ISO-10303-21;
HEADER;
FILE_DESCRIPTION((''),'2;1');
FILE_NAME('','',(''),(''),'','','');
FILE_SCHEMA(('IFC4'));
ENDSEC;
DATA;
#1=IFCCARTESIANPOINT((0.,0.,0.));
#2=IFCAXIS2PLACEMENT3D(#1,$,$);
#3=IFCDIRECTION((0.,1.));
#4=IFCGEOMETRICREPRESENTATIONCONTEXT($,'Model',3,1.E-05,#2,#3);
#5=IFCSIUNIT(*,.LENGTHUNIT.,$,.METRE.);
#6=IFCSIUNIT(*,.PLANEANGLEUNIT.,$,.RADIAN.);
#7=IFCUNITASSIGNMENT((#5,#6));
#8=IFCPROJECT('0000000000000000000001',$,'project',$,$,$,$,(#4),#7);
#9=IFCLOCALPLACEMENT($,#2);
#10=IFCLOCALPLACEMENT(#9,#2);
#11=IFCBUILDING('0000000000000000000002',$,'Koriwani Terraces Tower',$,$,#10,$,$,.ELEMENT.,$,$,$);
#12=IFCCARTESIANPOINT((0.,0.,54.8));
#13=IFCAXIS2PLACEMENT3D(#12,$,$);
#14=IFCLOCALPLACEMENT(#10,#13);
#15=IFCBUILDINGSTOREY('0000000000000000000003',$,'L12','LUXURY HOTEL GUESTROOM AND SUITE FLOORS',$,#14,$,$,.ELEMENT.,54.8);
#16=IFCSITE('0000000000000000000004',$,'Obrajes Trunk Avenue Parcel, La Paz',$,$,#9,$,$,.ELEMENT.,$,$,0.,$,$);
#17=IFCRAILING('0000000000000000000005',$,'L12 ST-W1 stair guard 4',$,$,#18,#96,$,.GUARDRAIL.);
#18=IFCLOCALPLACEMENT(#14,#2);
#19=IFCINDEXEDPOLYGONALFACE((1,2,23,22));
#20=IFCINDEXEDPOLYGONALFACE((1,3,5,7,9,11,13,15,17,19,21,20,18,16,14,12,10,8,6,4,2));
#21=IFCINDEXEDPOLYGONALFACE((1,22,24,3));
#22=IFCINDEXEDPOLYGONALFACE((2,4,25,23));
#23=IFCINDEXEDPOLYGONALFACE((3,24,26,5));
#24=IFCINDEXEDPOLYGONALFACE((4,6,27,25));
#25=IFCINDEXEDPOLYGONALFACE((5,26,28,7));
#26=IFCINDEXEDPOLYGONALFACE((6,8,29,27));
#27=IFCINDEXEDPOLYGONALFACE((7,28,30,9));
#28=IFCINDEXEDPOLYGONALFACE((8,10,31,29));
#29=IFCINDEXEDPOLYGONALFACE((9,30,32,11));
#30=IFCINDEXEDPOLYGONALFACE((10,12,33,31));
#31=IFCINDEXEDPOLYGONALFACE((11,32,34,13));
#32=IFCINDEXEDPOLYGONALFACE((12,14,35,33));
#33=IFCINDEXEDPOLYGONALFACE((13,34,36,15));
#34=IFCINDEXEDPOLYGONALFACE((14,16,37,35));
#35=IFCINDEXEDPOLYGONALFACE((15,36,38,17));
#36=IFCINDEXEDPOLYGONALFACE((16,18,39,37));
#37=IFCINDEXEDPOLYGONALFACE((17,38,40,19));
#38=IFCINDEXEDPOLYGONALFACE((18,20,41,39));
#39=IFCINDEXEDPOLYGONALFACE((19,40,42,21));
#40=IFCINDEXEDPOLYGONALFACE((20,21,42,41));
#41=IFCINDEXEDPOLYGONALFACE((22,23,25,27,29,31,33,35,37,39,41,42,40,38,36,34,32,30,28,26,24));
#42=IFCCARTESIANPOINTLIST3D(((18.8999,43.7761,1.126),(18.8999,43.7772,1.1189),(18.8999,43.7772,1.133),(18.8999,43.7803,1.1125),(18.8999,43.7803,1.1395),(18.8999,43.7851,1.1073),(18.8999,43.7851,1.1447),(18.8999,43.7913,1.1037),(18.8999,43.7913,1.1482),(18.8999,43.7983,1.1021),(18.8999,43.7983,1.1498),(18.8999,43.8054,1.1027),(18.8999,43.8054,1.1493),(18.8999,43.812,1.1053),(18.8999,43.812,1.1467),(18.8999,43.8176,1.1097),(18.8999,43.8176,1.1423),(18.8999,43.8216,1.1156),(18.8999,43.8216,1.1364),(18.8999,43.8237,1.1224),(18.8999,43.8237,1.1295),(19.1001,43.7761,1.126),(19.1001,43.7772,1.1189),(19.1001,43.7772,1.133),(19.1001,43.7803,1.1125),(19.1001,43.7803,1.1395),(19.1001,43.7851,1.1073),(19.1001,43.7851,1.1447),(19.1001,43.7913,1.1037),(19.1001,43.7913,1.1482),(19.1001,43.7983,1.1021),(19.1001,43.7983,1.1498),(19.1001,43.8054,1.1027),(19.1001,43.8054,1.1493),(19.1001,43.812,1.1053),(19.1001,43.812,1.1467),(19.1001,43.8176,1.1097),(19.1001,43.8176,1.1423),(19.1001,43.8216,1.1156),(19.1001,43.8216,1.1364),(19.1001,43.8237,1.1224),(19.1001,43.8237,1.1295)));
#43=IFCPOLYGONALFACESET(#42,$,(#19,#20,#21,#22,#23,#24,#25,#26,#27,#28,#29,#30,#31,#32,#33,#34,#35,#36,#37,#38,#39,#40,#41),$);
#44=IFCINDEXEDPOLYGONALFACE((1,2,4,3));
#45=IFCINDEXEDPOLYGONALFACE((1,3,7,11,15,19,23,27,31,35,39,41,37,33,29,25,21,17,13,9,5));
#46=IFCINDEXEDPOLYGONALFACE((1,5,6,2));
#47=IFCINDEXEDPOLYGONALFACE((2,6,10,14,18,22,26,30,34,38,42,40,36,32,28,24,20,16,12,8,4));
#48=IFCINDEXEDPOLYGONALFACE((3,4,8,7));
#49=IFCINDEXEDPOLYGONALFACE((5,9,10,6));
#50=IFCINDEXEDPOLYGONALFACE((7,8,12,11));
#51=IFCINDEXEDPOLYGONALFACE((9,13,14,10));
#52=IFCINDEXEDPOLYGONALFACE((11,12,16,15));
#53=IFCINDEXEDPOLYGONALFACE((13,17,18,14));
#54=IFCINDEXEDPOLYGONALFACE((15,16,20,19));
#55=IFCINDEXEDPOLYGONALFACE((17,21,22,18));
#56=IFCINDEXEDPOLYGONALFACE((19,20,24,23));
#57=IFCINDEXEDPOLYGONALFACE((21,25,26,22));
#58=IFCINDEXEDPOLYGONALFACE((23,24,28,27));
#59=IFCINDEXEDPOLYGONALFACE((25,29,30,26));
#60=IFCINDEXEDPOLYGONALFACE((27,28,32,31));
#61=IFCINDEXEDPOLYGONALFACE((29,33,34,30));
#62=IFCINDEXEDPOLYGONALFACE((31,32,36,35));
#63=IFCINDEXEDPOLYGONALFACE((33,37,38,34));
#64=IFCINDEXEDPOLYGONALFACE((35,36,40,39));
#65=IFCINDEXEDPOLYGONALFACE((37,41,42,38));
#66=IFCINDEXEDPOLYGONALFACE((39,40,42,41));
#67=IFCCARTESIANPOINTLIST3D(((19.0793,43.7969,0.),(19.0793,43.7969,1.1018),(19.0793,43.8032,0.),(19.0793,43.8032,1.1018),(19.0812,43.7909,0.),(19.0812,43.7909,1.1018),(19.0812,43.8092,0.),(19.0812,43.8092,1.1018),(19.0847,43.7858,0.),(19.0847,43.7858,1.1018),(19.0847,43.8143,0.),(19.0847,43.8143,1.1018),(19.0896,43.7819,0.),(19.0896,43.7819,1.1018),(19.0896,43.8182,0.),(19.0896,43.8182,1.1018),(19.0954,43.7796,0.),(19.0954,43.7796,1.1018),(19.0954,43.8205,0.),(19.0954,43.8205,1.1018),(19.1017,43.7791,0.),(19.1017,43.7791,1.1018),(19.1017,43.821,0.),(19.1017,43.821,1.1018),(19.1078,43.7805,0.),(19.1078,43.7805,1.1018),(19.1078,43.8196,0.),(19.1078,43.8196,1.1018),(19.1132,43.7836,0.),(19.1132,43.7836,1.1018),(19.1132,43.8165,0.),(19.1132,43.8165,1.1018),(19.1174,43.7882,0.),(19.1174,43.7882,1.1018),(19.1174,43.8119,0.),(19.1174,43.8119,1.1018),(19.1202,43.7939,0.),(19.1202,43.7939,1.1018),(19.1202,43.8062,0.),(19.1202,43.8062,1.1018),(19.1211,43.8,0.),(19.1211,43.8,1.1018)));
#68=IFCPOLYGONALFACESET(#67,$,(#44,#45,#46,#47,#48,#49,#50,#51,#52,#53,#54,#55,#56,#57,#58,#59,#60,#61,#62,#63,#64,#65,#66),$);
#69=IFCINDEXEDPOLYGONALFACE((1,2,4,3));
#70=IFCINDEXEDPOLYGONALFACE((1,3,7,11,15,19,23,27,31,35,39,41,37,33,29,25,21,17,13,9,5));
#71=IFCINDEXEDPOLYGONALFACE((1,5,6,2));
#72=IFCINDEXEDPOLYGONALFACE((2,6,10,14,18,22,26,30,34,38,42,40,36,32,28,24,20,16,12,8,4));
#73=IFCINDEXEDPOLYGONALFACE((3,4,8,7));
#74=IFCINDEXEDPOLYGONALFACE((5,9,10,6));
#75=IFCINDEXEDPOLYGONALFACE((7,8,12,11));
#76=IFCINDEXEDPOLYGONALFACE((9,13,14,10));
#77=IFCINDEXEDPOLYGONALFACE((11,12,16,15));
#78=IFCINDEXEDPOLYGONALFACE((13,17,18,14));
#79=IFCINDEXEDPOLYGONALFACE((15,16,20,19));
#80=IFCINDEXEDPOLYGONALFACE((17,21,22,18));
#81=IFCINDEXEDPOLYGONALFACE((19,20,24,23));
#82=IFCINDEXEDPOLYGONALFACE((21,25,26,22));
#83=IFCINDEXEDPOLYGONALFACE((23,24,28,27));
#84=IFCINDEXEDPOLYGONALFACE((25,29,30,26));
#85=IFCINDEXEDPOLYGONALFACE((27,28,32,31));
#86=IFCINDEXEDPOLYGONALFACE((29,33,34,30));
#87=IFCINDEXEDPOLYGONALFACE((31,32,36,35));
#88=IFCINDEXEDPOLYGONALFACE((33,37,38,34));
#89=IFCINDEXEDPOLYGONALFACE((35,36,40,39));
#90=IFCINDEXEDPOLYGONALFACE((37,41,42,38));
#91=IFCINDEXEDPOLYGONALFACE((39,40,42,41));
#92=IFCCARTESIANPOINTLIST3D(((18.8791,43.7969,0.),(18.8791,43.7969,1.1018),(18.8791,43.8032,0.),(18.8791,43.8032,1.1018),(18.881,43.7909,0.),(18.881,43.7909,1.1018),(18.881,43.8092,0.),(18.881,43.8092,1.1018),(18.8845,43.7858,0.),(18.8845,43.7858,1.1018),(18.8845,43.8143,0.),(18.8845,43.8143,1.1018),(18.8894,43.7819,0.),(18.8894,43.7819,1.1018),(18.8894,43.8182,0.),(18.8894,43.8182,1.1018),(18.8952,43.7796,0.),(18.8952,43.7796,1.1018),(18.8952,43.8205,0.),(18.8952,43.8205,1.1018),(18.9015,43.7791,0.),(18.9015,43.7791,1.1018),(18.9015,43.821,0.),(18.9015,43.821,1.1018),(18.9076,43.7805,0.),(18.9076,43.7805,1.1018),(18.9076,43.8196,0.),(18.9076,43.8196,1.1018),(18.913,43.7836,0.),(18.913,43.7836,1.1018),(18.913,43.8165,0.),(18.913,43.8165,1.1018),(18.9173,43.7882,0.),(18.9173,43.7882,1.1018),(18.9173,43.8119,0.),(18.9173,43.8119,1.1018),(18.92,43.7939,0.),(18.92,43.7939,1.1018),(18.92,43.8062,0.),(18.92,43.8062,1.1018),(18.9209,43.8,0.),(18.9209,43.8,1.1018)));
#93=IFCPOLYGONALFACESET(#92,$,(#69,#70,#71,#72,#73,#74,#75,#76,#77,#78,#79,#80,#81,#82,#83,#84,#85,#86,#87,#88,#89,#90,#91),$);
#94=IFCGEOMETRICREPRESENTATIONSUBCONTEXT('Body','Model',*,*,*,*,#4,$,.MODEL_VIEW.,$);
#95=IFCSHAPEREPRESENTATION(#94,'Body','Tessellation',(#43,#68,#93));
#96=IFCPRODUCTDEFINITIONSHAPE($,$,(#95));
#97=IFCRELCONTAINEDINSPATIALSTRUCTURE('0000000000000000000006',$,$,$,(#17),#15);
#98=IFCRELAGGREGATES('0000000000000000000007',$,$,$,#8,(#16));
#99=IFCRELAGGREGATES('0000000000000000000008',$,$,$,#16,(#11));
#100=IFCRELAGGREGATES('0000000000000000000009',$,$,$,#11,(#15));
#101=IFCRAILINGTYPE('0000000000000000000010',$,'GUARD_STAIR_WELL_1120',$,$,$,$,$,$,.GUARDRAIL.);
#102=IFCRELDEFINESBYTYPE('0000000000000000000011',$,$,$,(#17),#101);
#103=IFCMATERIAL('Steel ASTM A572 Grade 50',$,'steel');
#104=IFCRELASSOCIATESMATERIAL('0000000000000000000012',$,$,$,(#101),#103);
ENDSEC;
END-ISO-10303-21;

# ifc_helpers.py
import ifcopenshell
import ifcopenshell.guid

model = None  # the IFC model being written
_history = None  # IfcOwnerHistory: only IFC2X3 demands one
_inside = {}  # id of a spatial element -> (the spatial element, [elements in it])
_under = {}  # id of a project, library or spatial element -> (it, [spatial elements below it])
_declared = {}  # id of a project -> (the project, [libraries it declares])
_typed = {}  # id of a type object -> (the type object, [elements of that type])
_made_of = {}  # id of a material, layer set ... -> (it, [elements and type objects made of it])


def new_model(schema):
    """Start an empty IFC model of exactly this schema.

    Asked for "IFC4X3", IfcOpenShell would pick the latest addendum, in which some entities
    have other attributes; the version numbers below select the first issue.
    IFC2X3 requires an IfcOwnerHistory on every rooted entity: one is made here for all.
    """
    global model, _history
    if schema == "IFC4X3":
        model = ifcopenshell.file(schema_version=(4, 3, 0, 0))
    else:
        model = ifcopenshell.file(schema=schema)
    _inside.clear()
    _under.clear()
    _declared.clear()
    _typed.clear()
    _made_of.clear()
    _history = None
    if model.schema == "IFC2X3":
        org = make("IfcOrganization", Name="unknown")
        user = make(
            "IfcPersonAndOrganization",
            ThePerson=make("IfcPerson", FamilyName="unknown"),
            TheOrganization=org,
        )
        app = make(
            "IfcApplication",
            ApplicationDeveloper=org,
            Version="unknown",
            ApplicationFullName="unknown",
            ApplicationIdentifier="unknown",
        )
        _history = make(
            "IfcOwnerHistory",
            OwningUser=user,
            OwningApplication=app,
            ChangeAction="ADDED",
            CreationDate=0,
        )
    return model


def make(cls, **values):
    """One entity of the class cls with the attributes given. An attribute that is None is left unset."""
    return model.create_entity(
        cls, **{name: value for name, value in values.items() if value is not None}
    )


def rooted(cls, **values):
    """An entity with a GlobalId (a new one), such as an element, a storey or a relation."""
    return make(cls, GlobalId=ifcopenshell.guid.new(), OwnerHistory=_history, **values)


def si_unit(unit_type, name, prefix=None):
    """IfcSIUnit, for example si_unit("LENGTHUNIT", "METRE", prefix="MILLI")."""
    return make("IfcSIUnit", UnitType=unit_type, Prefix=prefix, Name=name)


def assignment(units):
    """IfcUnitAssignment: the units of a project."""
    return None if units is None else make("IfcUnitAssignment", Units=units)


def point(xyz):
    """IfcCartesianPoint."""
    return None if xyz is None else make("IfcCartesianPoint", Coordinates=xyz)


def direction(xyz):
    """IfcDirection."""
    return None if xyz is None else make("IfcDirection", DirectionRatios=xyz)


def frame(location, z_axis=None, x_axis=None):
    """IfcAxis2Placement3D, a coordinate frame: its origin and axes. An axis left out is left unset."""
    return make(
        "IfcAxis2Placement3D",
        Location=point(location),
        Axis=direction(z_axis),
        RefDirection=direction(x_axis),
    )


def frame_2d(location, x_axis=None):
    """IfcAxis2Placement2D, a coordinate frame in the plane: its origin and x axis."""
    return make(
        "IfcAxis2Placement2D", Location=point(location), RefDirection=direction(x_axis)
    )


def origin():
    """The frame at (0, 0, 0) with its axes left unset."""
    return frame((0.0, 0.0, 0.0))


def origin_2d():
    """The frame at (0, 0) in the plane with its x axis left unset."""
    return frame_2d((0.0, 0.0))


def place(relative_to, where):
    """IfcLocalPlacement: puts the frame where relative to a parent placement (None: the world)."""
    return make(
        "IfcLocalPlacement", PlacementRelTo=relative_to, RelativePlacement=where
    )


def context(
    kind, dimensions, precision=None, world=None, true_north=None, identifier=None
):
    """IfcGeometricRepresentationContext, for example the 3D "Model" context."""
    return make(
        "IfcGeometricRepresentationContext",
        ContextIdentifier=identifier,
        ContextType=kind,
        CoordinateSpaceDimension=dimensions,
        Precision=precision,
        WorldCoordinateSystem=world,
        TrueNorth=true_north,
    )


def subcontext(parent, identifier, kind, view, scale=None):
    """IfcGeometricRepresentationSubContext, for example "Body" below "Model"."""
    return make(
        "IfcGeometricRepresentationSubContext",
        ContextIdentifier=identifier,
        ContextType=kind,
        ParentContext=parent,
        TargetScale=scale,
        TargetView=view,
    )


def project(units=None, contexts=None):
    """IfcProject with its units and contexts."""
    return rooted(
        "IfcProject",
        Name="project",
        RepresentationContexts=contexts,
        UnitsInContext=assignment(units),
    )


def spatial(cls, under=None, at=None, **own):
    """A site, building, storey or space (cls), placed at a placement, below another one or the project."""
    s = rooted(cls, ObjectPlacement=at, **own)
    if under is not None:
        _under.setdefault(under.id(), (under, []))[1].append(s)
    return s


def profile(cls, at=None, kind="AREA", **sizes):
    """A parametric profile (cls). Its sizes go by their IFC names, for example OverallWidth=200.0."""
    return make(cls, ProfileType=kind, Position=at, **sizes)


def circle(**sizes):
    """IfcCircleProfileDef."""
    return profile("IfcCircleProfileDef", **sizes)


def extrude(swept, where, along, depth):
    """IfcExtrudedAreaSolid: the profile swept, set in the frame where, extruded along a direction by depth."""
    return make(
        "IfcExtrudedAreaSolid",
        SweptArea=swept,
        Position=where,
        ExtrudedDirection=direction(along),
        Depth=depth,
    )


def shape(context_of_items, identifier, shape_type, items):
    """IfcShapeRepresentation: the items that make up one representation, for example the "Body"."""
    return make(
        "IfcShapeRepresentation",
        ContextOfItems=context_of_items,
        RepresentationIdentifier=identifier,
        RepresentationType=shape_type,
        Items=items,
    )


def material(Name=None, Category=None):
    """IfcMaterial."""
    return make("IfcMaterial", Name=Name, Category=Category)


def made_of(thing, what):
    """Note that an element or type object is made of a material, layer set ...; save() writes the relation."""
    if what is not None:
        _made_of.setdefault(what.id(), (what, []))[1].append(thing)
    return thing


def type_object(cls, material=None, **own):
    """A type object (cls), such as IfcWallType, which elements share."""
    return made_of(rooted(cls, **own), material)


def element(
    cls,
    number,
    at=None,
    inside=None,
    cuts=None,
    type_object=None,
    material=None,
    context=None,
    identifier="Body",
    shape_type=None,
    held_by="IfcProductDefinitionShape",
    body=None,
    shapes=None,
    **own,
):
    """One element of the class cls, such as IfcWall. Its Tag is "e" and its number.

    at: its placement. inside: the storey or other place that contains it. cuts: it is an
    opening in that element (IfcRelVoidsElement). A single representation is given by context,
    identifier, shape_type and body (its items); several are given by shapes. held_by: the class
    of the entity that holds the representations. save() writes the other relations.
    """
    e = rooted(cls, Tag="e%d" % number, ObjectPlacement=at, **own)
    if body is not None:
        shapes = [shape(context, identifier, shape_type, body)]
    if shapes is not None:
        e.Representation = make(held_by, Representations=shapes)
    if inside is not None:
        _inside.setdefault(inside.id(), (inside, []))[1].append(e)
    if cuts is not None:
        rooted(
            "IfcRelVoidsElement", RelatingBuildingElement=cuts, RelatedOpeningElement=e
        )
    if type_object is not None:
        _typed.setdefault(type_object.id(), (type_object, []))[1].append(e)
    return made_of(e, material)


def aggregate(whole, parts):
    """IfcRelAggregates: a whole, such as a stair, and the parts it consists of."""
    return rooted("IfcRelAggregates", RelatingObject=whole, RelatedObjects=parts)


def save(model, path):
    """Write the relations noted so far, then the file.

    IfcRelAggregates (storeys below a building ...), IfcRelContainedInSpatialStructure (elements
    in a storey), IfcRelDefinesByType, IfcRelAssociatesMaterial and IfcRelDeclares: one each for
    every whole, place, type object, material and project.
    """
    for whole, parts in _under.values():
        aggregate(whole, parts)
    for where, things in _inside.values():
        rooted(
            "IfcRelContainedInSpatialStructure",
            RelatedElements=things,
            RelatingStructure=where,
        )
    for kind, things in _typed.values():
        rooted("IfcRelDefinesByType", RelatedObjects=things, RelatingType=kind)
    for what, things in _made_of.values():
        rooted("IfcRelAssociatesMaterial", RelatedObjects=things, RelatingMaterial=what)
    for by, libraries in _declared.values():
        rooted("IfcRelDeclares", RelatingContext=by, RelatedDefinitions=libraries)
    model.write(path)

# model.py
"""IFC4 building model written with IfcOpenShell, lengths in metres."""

from ifc_helpers import new_model, si_unit, direction, frame, origin, origin_2d, place, context, subcontext, project, spatial, circle, extrude, material, type_object, element, save


model = new_model("IFC4")

# Units and contexts
model_context = context("Model", 3, precision=1e-05, world=origin(), true_north=direction((0.0, 1.0)))
body_context = subcontext(model_context, "Body", "Model", "MODEL_VIEW")
ifc_project = project(units=[si_unit("LENGTHUNIT", "METRE"), si_unit("PLANEANGLEUNIT", "RADIAN")], contexts=[model_context])

# Site, building, storey
site_placement = place(None, origin())
site = spatial("IfcSite", under=ifc_project, at=site_placement, Name="Obrajes Trunk Avenue Parcel, La Paz", CompositionType="ELEMENT", RefElevation=0.0)
building_placement = place(site_placement, origin())
building = spatial("IfcBuilding", under=site, at=building_placement, Name="Koriwani Terraces Tower", CompositionType="ELEMENT")
storey_placement = place(building_placement, frame((0.0, 0.0, 54.8)))
storey = spatial("IfcBuildingStorey", under=building, at=storey_placement, Name="L12", Description="LUXURY HOTEL GUESTROOM AND SUITE FLOORS", CompositionType="ELEMENT", Elevation=54.8)

# Shared definitions
ifc_material_1 = material(Name="Steel ASTM A572 Grade 50", Category="steel")

# Railing
railing_type_1 = type_object("IfcRailingType", Name="GUARD_STAIR_WELL_1120", PredefinedType="GUARDRAIL", material=ifc_material_1)
railing_1_placement = place(storey_placement, frame((19.1001, 43.8, 0.0)))
element("IfcRailing", 1, at=railing_1_placement, inside=storey, type_object=railing_type_1, Name="L12 ST-W1 stair guard 4", PredefinedType="GUARDRAIL", context=body_context, shape_type="SweptSolid", body=[
    extrude(circle(Radius=0.0239, at=origin_2d()), frame((0.0, 0.0, 1.126), z_axis=(-1.0, 0.0, 0.0), x_axis=(0.0, -1.0, 0.0)), (0.0, 0.0, 1.0), 0.2002),
    extrude(circle(Radius=0.021, at=origin_2d()), origin(), (0.0, 0.0, 1.0), 1.1018),
    extrude(circle(Radius=0.021, at=origin_2d()), frame((-0.2002, 0.0, 0.0)), (0.0, 0.0, 1.0), 1.1018),
])

save(model, "model.ifc")
